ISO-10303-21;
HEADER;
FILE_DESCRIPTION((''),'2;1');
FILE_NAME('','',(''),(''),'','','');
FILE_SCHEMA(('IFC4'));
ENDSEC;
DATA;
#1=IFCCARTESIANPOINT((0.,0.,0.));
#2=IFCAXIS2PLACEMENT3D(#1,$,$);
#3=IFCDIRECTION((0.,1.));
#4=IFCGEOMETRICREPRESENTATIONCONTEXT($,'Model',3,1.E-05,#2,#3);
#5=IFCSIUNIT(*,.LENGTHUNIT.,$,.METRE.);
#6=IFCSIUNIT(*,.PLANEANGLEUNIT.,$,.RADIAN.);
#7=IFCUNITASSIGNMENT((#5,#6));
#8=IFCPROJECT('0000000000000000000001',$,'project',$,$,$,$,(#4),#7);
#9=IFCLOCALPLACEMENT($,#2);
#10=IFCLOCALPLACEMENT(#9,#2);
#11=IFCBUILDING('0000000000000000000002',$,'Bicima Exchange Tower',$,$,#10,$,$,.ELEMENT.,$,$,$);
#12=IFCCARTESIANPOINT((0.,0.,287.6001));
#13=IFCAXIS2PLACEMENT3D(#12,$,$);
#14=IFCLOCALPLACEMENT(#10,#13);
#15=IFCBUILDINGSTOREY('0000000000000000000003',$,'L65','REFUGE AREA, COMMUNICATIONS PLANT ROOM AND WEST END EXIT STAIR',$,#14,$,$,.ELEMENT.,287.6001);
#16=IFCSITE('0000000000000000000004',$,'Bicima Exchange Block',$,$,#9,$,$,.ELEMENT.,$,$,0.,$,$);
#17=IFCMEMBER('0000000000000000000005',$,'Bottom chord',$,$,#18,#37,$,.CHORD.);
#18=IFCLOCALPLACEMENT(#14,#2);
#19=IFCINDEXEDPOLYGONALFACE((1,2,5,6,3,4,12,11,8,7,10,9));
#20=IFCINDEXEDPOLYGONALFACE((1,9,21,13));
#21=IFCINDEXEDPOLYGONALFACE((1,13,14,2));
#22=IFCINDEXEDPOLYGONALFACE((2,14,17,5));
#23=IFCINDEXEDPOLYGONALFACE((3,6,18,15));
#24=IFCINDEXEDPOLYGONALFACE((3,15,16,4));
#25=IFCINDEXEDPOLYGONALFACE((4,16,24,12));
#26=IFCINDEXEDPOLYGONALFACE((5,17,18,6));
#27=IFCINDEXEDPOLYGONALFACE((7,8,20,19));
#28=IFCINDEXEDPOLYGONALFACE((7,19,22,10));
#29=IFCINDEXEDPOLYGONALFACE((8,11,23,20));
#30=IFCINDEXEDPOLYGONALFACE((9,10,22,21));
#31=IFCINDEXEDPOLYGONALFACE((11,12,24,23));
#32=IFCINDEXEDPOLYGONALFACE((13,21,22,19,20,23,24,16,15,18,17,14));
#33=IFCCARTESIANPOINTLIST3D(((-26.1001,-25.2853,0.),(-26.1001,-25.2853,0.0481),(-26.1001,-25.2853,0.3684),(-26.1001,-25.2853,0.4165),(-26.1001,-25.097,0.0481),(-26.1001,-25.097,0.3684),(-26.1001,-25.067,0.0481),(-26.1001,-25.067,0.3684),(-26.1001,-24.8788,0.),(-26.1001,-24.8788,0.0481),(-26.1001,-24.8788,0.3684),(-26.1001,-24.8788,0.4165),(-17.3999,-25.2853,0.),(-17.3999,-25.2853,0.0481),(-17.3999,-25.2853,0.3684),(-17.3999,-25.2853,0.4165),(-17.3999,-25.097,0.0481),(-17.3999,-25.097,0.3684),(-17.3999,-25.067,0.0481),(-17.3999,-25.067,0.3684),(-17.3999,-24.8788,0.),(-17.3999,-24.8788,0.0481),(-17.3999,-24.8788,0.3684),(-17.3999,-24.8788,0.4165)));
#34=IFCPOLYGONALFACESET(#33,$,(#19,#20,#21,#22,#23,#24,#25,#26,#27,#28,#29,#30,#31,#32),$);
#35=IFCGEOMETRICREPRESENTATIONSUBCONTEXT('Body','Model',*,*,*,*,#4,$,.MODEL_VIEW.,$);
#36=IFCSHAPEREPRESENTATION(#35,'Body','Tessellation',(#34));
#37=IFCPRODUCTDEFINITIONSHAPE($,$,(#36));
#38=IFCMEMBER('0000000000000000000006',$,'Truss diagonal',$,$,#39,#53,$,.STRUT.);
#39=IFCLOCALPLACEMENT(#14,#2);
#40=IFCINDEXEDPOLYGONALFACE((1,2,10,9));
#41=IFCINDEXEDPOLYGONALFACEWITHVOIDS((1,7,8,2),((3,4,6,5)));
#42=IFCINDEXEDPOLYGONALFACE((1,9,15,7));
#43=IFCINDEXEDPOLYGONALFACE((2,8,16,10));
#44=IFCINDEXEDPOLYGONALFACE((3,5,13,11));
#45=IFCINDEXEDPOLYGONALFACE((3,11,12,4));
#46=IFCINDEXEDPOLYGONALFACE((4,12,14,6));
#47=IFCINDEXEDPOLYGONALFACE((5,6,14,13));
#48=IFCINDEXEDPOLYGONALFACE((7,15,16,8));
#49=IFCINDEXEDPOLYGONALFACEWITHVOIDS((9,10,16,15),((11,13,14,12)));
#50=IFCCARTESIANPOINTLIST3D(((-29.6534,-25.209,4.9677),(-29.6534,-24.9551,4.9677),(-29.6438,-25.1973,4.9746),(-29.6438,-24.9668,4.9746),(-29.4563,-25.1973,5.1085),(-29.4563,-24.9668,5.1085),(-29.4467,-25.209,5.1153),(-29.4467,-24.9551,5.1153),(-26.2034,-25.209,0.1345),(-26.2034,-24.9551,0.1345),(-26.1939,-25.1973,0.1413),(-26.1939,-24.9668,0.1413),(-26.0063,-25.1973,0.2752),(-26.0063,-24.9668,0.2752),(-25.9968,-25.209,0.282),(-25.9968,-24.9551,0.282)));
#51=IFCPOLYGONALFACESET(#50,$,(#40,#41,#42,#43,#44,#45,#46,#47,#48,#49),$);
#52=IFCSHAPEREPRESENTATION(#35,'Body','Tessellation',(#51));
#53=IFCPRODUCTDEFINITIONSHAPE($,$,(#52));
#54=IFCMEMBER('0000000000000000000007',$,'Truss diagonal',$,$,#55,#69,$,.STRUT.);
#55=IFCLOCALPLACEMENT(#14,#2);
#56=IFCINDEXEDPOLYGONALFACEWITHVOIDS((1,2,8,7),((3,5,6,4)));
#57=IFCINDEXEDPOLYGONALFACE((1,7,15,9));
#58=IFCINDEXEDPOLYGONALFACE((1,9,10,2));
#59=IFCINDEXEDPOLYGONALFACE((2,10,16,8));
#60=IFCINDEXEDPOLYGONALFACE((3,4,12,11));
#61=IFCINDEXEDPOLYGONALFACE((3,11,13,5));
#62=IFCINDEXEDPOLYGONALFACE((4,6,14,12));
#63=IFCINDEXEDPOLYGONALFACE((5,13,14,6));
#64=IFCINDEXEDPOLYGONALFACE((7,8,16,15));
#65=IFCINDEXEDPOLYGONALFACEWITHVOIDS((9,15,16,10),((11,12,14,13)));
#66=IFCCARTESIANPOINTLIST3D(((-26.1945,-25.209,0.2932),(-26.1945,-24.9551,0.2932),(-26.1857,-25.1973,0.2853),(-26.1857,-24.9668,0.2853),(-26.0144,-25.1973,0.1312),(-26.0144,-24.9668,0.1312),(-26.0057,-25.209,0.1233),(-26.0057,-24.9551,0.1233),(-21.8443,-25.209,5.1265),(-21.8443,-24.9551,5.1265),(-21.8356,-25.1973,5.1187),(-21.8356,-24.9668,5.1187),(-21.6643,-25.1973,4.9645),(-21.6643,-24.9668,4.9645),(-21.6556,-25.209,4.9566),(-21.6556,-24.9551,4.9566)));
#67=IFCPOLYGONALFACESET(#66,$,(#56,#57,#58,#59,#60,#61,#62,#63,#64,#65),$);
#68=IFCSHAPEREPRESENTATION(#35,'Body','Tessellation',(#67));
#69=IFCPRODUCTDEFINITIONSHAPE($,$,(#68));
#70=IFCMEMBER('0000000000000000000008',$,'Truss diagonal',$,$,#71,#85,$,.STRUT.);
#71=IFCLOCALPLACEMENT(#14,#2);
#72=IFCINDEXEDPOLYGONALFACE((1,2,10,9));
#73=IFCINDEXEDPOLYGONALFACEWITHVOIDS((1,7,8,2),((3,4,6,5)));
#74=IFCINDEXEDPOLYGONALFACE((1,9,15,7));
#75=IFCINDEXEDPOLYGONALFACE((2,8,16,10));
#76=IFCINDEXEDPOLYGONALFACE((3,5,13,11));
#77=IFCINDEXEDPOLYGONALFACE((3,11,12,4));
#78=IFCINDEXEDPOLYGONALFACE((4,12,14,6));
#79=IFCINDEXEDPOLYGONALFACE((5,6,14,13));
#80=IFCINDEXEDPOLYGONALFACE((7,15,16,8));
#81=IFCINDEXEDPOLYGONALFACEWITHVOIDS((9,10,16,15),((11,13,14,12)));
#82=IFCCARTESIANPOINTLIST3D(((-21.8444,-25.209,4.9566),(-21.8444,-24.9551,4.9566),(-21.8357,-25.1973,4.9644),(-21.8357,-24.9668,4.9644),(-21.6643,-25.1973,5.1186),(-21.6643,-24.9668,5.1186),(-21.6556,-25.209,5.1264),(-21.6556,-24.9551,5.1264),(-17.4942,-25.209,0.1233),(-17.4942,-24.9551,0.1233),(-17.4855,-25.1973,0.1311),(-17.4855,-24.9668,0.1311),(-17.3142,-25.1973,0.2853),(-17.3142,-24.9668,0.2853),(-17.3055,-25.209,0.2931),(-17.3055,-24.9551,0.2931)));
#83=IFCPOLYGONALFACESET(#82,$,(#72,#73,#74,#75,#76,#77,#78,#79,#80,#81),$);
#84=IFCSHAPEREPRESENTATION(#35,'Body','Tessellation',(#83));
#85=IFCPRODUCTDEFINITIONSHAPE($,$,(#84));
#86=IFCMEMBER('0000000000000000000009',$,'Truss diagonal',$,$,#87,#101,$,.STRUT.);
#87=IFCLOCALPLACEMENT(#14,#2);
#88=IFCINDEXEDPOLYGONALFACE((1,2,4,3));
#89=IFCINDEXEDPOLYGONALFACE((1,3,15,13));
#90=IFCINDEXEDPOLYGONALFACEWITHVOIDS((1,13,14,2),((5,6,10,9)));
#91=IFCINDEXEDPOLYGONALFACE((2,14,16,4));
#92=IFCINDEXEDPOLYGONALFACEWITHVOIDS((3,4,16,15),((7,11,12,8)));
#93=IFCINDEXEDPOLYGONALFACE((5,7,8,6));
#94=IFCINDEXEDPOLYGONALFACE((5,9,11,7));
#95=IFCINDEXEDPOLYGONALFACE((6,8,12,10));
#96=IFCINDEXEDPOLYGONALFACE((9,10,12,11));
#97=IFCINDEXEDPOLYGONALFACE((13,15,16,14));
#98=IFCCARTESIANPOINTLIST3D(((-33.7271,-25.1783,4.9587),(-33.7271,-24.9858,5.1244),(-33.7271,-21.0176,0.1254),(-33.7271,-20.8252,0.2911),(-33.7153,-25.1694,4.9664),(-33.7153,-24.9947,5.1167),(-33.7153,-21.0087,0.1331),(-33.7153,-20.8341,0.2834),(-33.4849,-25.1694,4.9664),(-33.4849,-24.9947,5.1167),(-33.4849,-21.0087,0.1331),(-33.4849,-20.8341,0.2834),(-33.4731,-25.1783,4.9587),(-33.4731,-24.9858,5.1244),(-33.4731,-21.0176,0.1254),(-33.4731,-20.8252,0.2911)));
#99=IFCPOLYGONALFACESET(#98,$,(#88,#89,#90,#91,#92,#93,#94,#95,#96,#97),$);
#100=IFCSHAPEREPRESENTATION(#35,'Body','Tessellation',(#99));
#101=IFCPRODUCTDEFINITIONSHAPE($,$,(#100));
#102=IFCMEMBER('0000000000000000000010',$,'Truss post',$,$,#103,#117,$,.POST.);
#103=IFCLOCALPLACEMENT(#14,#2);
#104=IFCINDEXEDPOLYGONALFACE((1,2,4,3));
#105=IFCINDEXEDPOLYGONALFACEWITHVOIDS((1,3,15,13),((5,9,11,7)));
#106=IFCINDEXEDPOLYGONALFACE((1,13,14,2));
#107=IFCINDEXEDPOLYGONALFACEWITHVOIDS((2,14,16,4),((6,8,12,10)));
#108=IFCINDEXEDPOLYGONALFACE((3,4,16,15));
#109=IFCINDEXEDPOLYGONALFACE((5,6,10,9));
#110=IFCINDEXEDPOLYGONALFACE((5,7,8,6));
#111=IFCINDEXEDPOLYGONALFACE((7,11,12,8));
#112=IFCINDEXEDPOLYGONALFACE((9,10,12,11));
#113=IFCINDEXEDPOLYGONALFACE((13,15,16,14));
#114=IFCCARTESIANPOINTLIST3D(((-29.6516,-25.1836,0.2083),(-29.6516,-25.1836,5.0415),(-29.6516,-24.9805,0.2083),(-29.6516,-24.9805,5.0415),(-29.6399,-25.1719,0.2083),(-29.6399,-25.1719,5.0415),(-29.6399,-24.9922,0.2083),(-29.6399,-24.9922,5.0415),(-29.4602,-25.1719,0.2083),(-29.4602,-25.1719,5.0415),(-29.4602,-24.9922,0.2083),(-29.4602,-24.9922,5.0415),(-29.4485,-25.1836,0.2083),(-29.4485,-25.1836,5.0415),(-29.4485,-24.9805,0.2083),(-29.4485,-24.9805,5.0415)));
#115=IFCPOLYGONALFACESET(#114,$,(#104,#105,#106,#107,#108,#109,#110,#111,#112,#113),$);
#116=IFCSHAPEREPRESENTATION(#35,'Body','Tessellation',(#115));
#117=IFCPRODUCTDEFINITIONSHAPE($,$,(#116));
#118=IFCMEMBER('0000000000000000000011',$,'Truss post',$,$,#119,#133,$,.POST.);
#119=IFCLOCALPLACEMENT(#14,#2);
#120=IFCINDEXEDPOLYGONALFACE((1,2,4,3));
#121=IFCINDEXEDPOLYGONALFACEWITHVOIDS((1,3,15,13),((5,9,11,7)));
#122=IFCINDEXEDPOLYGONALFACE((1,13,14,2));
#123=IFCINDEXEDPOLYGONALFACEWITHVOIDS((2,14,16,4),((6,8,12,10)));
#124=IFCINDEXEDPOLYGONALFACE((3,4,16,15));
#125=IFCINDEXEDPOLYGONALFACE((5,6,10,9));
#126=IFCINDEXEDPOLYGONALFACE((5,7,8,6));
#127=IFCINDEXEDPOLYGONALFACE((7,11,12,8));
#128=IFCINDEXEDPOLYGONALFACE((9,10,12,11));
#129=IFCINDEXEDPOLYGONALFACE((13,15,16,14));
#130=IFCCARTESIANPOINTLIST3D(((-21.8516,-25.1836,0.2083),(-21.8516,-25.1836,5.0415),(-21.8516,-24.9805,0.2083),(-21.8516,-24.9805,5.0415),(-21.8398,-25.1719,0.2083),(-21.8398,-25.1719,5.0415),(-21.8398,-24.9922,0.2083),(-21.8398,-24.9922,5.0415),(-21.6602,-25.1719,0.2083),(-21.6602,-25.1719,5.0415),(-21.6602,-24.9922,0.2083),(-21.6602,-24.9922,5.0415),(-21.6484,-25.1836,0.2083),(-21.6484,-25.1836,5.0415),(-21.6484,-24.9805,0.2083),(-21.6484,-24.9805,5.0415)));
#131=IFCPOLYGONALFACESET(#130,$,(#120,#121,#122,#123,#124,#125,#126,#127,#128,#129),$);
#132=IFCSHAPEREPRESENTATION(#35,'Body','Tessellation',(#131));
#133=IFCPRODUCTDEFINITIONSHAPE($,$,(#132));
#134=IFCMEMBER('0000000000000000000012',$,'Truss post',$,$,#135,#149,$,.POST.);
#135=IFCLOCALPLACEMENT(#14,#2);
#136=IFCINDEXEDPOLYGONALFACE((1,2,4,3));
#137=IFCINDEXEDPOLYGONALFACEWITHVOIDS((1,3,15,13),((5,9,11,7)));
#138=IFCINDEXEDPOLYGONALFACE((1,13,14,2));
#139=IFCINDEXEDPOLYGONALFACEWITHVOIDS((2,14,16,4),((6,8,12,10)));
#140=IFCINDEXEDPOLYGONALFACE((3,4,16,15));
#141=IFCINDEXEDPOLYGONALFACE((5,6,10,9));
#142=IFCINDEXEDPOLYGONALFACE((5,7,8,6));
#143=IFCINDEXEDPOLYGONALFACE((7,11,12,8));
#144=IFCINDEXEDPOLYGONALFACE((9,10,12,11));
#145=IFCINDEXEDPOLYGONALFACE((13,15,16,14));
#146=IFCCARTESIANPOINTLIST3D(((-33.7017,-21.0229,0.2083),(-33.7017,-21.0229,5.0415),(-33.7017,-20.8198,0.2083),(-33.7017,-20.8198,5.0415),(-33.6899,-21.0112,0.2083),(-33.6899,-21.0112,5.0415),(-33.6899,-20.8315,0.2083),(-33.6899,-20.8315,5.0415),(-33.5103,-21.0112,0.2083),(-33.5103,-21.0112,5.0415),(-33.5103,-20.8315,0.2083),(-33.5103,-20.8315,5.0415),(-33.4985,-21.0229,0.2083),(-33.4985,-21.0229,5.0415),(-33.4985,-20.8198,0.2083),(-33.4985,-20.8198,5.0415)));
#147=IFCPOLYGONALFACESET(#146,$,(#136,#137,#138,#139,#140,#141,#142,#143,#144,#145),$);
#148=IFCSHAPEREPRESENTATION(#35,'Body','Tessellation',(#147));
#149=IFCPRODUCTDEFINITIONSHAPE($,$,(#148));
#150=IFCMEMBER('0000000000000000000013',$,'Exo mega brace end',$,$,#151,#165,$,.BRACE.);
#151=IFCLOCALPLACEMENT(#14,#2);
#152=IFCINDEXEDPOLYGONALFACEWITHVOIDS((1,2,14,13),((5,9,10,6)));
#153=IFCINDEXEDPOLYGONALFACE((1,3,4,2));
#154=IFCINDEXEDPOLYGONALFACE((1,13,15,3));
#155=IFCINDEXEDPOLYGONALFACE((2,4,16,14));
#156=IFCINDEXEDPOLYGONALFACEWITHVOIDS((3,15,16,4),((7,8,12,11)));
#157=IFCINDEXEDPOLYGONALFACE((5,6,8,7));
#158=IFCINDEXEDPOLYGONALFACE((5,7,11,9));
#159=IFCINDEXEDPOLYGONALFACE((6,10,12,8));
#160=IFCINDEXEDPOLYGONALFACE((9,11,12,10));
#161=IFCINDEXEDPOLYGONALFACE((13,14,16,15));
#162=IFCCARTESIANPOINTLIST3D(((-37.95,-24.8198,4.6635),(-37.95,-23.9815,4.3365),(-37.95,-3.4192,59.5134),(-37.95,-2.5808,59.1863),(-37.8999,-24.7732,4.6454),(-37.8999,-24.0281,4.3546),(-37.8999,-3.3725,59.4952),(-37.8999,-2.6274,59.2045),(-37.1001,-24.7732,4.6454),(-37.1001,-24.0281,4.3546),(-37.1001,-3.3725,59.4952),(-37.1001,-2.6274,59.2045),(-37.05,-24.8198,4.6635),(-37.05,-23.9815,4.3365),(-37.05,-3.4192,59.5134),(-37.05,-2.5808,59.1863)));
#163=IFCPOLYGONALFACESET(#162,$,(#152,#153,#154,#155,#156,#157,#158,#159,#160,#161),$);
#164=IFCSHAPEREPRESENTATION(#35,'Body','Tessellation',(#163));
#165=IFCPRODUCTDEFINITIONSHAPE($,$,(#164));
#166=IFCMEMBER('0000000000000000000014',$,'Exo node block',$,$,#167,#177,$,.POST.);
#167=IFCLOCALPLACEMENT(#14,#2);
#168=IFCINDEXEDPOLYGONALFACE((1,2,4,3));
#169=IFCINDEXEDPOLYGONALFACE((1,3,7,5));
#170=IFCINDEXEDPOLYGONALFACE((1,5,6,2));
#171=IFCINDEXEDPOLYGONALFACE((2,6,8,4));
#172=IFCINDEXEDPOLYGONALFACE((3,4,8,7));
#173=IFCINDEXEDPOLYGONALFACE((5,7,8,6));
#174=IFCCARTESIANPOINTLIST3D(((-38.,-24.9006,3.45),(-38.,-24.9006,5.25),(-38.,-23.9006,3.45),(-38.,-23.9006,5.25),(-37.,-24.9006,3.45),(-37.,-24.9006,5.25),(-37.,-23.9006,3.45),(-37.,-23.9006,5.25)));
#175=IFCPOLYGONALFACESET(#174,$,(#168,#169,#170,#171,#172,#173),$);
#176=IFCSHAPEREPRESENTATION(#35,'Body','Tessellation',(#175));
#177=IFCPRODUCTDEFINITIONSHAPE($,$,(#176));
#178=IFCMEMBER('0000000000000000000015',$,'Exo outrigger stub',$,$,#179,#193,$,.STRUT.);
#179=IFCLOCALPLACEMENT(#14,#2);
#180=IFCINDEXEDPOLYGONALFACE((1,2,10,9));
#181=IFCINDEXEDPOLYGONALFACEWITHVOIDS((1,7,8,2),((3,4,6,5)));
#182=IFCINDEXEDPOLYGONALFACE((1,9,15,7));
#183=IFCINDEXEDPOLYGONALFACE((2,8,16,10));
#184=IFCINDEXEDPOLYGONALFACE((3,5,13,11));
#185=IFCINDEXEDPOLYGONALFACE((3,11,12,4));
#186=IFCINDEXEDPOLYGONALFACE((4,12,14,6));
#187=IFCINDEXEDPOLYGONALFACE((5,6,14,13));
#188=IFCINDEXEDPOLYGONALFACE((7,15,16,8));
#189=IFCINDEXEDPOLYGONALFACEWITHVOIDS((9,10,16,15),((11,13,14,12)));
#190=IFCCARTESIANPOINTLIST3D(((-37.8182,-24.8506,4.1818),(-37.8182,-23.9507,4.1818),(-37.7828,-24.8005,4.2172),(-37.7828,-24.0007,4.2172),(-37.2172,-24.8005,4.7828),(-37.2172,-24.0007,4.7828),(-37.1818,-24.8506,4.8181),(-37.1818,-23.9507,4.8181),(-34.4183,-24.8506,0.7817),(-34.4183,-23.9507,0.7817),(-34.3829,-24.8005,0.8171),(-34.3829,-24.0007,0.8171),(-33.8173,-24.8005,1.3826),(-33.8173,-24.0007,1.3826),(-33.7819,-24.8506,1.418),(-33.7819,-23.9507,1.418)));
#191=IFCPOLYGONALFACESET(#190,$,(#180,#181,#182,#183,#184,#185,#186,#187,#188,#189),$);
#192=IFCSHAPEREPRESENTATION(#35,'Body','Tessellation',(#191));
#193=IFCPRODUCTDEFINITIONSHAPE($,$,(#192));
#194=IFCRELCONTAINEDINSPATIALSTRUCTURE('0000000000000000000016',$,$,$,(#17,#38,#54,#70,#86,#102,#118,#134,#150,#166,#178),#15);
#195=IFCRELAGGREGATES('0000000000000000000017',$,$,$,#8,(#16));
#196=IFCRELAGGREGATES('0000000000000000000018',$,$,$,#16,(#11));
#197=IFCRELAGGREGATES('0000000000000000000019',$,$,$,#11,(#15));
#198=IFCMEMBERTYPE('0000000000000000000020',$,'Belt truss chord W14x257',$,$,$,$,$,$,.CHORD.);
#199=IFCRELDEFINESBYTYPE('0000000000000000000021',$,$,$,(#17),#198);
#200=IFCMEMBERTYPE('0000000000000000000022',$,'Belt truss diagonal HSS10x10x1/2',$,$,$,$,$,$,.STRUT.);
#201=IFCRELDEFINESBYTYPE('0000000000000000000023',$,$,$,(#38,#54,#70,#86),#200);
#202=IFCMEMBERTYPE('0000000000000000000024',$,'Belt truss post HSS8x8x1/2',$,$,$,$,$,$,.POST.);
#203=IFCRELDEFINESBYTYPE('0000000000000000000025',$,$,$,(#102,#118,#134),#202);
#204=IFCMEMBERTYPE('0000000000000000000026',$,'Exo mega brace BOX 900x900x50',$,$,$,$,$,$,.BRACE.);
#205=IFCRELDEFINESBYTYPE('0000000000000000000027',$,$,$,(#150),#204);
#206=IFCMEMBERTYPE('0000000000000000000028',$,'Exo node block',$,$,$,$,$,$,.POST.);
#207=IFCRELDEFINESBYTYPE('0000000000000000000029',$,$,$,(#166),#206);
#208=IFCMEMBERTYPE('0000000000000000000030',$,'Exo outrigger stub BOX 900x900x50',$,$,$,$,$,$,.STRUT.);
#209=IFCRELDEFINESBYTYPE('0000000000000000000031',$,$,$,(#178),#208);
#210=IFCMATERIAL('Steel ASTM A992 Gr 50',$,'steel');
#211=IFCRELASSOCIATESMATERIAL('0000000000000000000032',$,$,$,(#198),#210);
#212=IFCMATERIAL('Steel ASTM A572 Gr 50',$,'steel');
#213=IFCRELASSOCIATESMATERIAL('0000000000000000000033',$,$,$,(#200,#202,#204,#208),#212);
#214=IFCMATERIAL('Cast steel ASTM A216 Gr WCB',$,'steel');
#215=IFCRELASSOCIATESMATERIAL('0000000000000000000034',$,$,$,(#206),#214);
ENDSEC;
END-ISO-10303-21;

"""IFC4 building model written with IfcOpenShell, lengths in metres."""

from ifc_helpers import new_model, si_unit, direction, frame, origin, origin_2d, place, context, subcontext, project, spatial, rectangle, hollow_rectangle, i_section, extrude, material, material_profile, profile_set, type_object, element, save


model = new_model("IFC4")

# Units and contexts
model_context = context("Model", 3, precision=1e-05, world=origin(), true_north=direction((0.0, 1.0)))
body_context = subcontext(model_context, "Body", "Model", "MODEL_VIEW")
ifc_project = project(units=[si_unit("LENGTHUNIT", "METRE"), si_unit("PLANEANGLEUNIT", "RADIAN")], contexts=[model_context])

# Site, building, storey
site_placement = place(None, origin())
site = spatial("IfcSite", under=ifc_project, at=site_placement, Name="Bicima Exchange Block", CompositionType="ELEMENT", RefElevation=0.0)
building_placement = place(site_placement, origin())
building = spatial("IfcBuilding", under=site, at=building_placement, Name="Bicima Exchange Tower", CompositionType="ELEMENT")
storey_placement = place(building_placement, frame((0.0, 0.0, 287.6001)))
storey = spatial("IfcBuildingStorey", under=building, at=storey_placement, Name="L65", Description="REFUGE AREA, COMMUNICATIONS PLANT ROOM AND WEST END EXIT STAIR", CompositionType="ELEMENT", Elevation=287.6001)

# Shared definitions
ifc_material_1 = material(Name="Steel ASTM A572 Gr 50", Category="steel")
ifc_material_2 = material(Name="Steel ASTM A992 Gr 50", Category="steel")

# Members
ifc_material_profile_1 = material_profile(ifc_material_2, i_section(OverallWidth=0.4065, OverallDepth=0.4165, WebThickness=0.03, FlangeThickness=0.0481, at=origin_2d()))
ifc_profile_set_1 = profile_set([ifc_material_profile_1], Name="Steel ASTM A992 Gr 50")
member_type_1 = type_object("IfcMemberType", Name="Belt truss chord W14x257", PredefinedType="CHORD", material=ifc_profile_set_1)
for number, where, z_axis, x_axis, name in (
    (1, (-26.1001, -25.082, 0.2083), (1.0, 0.0, 0.0), (0.0, 1.0, 0.0), "Bottom chord"),
):
    element("IfcMember", number, at=place(storey_placement, frame(where, z_axis=z_axis, x_axis=x_axis)), inside=storey, type_object=member_type_1, Name=name, PredefinedType="CHORD", context=body_context, shape_type="SweptSolid", body=[
        extrude(i_section(OverallWidth=0.4065, OverallDepth=0.4165, WebThickness=0.03, FlangeThickness=0.0481, at=origin_2d()), origin(), (0.0, 0.0, 1.0), 8.7002),
    ])
ifc_material_profile_2 = material_profile(ifc_material_1, hollow_rectangle(XDim=0.2539, YDim=0.2539, WallThickness=0.0117, at=origin_2d()))
ifc_profile_set_2 = profile_set([ifc_material_profile_2], Name="Steel ASTM A572 Gr 50")
member_type_2 = type_object("IfcMemberType", Name="Belt truss diagonal HSS10x10x1/2", PredefinedType="STRUT", material=ifc_profile_set_2)
member_1_placement = place(storey_placement, frame((-29.55, -25.082, 5.0415), z_axis=(0.580974, 0.0, -0.813922), x_axis=(0.0, 1.0, 0.0)))
element("IfcMember", 2, at=member_1_placement, inside=storey, type_object=member_type_2, Name="Truss diagonal", PredefinedType="STRUT", context=body_context, shape_type="SweptSolid", body=[
    extrude(hollow_rectangle(XDim=0.2539, YDim=0.2539, WallThickness=0.0117, at=origin_2d()), origin(), (0.0, 0.0, 1.0), 5.9382),
])
for number, where, z_axis, x_axis, name in (
    (3, (-26.1001, -25.082, 0.2083), (0.668979, 0.0, 0.743281), (0.0, 1.0, 0.0), "Truss diagonal"),
    (4, (-21.75, -25.082, 5.0415), (0.668979, 0.0, -0.743281), (0.0, 1.0, 0.0), "Truss diagonal"),
):
    element("IfcMember", number, at=place(storey_placement, frame(where, z_axis=z_axis, x_axis=x_axis)), inside=storey, type_object=member_type_2, Name=name, PredefinedType="STRUT", context=body_context, shape_type="SweptSolid", body=[
        extrude(hollow_rectangle(XDim=0.2539, YDim=0.2539, WallThickness=0.0117, at=origin_2d()), origin(), (0.0, 0.0, 1.0), 6.5027),
    ])
member_2_placement = place(storey_placement, frame((-33.6001, -20.9214, 0.2083), z_axis=(0.0, -0.652404, 0.757871), x_axis=(1.0, 0.0, 0.0)))
element("IfcMember", 5, at=member_2_placement, inside=storey, type_object=member_type_2, Name="Truss diagonal", PredefinedType="STRUT", context=body_context, shape_type="SweptSolid", body=[
    extrude(hollow_rectangle(XDim=0.2539, YDim=0.2539, WallThickness=0.0117, at=origin_2d()), origin(), (0.0, 0.0, 1.0), 6.3774),
])
ifc_material_profile_3 = material_profile(ifc_material_1, hollow_rectangle(XDim=0.2031, YDim=0.2031, WallThickness=0.0117, at=origin_2d()))
ifc_profile_set_3 = profile_set([ifc_material_profile_3], Name="Steel ASTM A572 Gr 50")
member_type_3 = type_object("IfcMemberType", Name="Belt truss post HSS8x8x1/2", PredefinedType="POST", material=ifc_profile_set_3)
for number, where, z_axis, x_axis, name in (
    (6, (-29.55, -25.082, 0.2083), (0.0, 0.0, 1.0), (1.0, 0.0, 0.0), "Truss post"),
    (7, (-21.75, -25.082, 0.2083), (0.0, 0.0, 1.0), (1.0, 0.0, 0.0), "Truss post"),
    (8, (-33.6001, -20.9214, 0.2083), (0.0, 0.0, 1.0), (1.0, 0.0, 0.0), "Truss post"),
):
    element("IfcMember", number, at=place(storey_placement, frame(where, z_axis=z_axis, x_axis=x_axis)), inside=storey, type_object=member_type_3, Name=name, PredefinedType="POST", context=body_context, shape_type="SweptSolid", body=[
        extrude(hollow_rectangle(XDim=0.2031, YDim=0.2031, WallThickness=0.0117, at=origin_2d()), origin(), (0.0, 0.0, 1.0), 4.8333),
    ])
ifc_material_profile_4 = material_profile(ifc_material_1, hollow_rectangle(XDim=0.8999, YDim=0.8999, WallThickness=0.05, at=origin_2d()))
ifc_profile_set_4 = profile_set([ifc_material_profile_4], Name="Steel ASTM A572 Gr 50")
member_type_4 = type_object("IfcMemberType", Name="Exo mega brace BOX 900x900x50", PredefinedType="BRACE", material=ifc_profile_set_4)
member_3_placement = place(storey_placement, frame((-37.5, -24.4006, 4.5), z_axis=(0.0, 0.363481, 0.931602), x_axis=(-1.0, 0.0, 0.0)))
element("IfcMember", 9, at=member_3_placement, inside=storey, type_object=member_type_4, Name="Exo mega brace end", PredefinedType="BRACE", context=body_context, shape_type="SweptSolid", body=[
    extrude(hollow_rectangle(XDim=0.8999, YDim=0.8999, WallThickness=0.05, at=origin_2d()), origin(), (0.0, 0.0, 1.0), 58.877),
])
ifc_material_3 = material(Name="Cast steel ASTM A216 Gr WCB", Category="steel")
ifc_material_profile_5 = material_profile(ifc_material_3, rectangle(XDim=1.0, YDim=1.0, at=origin_2d()))
ifc_profile_set_5 = profile_set([ifc_material_profile_5], Name="Cast steel ASTM A216 Gr WCB")
member_type_5 = type_object("IfcMemberType", Name="Exo node block", PredefinedType="POST", material=ifc_profile_set_5)
member_4_placement = place(storey_placement, frame((-37.5, -24.4006, 3.45), z_axis=(0.0, 0.0, 1.0), x_axis=(1.0, 0.0, 0.0)))
element("IfcMember", 10, at=member_4_placement, inside=storey, type_object=member_type_5, Name="Exo node block", PredefinedType="POST", context=body_context, shape_type="SweptSolid", body=[
    extrude(rectangle(XDim=1.0, YDim=1.0, at=origin_2d()), origin(), (0.0, 0.0, 1.0), 1.8),
])
member_type_6 = type_object("IfcMemberType", Name="Exo outrigger stub BOX 900x900x50", PredefinedType="STRUT", material=ifc_profile_set_4)
member_5_placement = place(storey_placement, frame((-34.1001, -24.4006, 1.0999), z_axis=(-0.707081, 0.0, 0.707132), x_axis=(0.0, -1.0, 0.0)))
element("IfcMember", 11, at=member_5_placement, inside=storey, type_object=member_type_6, Name="Exo outrigger stub", PredefinedType="STRUT", context=body_context, shape_type="SweptSolid", body=[
    extrude(hollow_rectangle(XDim=0.8999, YDim=0.8999, WallThickness=0.05, at=origin_2d()), origin(), (0.0, 0.0, 1.0), 4.8083),
])

save(model, "model.ifc")
